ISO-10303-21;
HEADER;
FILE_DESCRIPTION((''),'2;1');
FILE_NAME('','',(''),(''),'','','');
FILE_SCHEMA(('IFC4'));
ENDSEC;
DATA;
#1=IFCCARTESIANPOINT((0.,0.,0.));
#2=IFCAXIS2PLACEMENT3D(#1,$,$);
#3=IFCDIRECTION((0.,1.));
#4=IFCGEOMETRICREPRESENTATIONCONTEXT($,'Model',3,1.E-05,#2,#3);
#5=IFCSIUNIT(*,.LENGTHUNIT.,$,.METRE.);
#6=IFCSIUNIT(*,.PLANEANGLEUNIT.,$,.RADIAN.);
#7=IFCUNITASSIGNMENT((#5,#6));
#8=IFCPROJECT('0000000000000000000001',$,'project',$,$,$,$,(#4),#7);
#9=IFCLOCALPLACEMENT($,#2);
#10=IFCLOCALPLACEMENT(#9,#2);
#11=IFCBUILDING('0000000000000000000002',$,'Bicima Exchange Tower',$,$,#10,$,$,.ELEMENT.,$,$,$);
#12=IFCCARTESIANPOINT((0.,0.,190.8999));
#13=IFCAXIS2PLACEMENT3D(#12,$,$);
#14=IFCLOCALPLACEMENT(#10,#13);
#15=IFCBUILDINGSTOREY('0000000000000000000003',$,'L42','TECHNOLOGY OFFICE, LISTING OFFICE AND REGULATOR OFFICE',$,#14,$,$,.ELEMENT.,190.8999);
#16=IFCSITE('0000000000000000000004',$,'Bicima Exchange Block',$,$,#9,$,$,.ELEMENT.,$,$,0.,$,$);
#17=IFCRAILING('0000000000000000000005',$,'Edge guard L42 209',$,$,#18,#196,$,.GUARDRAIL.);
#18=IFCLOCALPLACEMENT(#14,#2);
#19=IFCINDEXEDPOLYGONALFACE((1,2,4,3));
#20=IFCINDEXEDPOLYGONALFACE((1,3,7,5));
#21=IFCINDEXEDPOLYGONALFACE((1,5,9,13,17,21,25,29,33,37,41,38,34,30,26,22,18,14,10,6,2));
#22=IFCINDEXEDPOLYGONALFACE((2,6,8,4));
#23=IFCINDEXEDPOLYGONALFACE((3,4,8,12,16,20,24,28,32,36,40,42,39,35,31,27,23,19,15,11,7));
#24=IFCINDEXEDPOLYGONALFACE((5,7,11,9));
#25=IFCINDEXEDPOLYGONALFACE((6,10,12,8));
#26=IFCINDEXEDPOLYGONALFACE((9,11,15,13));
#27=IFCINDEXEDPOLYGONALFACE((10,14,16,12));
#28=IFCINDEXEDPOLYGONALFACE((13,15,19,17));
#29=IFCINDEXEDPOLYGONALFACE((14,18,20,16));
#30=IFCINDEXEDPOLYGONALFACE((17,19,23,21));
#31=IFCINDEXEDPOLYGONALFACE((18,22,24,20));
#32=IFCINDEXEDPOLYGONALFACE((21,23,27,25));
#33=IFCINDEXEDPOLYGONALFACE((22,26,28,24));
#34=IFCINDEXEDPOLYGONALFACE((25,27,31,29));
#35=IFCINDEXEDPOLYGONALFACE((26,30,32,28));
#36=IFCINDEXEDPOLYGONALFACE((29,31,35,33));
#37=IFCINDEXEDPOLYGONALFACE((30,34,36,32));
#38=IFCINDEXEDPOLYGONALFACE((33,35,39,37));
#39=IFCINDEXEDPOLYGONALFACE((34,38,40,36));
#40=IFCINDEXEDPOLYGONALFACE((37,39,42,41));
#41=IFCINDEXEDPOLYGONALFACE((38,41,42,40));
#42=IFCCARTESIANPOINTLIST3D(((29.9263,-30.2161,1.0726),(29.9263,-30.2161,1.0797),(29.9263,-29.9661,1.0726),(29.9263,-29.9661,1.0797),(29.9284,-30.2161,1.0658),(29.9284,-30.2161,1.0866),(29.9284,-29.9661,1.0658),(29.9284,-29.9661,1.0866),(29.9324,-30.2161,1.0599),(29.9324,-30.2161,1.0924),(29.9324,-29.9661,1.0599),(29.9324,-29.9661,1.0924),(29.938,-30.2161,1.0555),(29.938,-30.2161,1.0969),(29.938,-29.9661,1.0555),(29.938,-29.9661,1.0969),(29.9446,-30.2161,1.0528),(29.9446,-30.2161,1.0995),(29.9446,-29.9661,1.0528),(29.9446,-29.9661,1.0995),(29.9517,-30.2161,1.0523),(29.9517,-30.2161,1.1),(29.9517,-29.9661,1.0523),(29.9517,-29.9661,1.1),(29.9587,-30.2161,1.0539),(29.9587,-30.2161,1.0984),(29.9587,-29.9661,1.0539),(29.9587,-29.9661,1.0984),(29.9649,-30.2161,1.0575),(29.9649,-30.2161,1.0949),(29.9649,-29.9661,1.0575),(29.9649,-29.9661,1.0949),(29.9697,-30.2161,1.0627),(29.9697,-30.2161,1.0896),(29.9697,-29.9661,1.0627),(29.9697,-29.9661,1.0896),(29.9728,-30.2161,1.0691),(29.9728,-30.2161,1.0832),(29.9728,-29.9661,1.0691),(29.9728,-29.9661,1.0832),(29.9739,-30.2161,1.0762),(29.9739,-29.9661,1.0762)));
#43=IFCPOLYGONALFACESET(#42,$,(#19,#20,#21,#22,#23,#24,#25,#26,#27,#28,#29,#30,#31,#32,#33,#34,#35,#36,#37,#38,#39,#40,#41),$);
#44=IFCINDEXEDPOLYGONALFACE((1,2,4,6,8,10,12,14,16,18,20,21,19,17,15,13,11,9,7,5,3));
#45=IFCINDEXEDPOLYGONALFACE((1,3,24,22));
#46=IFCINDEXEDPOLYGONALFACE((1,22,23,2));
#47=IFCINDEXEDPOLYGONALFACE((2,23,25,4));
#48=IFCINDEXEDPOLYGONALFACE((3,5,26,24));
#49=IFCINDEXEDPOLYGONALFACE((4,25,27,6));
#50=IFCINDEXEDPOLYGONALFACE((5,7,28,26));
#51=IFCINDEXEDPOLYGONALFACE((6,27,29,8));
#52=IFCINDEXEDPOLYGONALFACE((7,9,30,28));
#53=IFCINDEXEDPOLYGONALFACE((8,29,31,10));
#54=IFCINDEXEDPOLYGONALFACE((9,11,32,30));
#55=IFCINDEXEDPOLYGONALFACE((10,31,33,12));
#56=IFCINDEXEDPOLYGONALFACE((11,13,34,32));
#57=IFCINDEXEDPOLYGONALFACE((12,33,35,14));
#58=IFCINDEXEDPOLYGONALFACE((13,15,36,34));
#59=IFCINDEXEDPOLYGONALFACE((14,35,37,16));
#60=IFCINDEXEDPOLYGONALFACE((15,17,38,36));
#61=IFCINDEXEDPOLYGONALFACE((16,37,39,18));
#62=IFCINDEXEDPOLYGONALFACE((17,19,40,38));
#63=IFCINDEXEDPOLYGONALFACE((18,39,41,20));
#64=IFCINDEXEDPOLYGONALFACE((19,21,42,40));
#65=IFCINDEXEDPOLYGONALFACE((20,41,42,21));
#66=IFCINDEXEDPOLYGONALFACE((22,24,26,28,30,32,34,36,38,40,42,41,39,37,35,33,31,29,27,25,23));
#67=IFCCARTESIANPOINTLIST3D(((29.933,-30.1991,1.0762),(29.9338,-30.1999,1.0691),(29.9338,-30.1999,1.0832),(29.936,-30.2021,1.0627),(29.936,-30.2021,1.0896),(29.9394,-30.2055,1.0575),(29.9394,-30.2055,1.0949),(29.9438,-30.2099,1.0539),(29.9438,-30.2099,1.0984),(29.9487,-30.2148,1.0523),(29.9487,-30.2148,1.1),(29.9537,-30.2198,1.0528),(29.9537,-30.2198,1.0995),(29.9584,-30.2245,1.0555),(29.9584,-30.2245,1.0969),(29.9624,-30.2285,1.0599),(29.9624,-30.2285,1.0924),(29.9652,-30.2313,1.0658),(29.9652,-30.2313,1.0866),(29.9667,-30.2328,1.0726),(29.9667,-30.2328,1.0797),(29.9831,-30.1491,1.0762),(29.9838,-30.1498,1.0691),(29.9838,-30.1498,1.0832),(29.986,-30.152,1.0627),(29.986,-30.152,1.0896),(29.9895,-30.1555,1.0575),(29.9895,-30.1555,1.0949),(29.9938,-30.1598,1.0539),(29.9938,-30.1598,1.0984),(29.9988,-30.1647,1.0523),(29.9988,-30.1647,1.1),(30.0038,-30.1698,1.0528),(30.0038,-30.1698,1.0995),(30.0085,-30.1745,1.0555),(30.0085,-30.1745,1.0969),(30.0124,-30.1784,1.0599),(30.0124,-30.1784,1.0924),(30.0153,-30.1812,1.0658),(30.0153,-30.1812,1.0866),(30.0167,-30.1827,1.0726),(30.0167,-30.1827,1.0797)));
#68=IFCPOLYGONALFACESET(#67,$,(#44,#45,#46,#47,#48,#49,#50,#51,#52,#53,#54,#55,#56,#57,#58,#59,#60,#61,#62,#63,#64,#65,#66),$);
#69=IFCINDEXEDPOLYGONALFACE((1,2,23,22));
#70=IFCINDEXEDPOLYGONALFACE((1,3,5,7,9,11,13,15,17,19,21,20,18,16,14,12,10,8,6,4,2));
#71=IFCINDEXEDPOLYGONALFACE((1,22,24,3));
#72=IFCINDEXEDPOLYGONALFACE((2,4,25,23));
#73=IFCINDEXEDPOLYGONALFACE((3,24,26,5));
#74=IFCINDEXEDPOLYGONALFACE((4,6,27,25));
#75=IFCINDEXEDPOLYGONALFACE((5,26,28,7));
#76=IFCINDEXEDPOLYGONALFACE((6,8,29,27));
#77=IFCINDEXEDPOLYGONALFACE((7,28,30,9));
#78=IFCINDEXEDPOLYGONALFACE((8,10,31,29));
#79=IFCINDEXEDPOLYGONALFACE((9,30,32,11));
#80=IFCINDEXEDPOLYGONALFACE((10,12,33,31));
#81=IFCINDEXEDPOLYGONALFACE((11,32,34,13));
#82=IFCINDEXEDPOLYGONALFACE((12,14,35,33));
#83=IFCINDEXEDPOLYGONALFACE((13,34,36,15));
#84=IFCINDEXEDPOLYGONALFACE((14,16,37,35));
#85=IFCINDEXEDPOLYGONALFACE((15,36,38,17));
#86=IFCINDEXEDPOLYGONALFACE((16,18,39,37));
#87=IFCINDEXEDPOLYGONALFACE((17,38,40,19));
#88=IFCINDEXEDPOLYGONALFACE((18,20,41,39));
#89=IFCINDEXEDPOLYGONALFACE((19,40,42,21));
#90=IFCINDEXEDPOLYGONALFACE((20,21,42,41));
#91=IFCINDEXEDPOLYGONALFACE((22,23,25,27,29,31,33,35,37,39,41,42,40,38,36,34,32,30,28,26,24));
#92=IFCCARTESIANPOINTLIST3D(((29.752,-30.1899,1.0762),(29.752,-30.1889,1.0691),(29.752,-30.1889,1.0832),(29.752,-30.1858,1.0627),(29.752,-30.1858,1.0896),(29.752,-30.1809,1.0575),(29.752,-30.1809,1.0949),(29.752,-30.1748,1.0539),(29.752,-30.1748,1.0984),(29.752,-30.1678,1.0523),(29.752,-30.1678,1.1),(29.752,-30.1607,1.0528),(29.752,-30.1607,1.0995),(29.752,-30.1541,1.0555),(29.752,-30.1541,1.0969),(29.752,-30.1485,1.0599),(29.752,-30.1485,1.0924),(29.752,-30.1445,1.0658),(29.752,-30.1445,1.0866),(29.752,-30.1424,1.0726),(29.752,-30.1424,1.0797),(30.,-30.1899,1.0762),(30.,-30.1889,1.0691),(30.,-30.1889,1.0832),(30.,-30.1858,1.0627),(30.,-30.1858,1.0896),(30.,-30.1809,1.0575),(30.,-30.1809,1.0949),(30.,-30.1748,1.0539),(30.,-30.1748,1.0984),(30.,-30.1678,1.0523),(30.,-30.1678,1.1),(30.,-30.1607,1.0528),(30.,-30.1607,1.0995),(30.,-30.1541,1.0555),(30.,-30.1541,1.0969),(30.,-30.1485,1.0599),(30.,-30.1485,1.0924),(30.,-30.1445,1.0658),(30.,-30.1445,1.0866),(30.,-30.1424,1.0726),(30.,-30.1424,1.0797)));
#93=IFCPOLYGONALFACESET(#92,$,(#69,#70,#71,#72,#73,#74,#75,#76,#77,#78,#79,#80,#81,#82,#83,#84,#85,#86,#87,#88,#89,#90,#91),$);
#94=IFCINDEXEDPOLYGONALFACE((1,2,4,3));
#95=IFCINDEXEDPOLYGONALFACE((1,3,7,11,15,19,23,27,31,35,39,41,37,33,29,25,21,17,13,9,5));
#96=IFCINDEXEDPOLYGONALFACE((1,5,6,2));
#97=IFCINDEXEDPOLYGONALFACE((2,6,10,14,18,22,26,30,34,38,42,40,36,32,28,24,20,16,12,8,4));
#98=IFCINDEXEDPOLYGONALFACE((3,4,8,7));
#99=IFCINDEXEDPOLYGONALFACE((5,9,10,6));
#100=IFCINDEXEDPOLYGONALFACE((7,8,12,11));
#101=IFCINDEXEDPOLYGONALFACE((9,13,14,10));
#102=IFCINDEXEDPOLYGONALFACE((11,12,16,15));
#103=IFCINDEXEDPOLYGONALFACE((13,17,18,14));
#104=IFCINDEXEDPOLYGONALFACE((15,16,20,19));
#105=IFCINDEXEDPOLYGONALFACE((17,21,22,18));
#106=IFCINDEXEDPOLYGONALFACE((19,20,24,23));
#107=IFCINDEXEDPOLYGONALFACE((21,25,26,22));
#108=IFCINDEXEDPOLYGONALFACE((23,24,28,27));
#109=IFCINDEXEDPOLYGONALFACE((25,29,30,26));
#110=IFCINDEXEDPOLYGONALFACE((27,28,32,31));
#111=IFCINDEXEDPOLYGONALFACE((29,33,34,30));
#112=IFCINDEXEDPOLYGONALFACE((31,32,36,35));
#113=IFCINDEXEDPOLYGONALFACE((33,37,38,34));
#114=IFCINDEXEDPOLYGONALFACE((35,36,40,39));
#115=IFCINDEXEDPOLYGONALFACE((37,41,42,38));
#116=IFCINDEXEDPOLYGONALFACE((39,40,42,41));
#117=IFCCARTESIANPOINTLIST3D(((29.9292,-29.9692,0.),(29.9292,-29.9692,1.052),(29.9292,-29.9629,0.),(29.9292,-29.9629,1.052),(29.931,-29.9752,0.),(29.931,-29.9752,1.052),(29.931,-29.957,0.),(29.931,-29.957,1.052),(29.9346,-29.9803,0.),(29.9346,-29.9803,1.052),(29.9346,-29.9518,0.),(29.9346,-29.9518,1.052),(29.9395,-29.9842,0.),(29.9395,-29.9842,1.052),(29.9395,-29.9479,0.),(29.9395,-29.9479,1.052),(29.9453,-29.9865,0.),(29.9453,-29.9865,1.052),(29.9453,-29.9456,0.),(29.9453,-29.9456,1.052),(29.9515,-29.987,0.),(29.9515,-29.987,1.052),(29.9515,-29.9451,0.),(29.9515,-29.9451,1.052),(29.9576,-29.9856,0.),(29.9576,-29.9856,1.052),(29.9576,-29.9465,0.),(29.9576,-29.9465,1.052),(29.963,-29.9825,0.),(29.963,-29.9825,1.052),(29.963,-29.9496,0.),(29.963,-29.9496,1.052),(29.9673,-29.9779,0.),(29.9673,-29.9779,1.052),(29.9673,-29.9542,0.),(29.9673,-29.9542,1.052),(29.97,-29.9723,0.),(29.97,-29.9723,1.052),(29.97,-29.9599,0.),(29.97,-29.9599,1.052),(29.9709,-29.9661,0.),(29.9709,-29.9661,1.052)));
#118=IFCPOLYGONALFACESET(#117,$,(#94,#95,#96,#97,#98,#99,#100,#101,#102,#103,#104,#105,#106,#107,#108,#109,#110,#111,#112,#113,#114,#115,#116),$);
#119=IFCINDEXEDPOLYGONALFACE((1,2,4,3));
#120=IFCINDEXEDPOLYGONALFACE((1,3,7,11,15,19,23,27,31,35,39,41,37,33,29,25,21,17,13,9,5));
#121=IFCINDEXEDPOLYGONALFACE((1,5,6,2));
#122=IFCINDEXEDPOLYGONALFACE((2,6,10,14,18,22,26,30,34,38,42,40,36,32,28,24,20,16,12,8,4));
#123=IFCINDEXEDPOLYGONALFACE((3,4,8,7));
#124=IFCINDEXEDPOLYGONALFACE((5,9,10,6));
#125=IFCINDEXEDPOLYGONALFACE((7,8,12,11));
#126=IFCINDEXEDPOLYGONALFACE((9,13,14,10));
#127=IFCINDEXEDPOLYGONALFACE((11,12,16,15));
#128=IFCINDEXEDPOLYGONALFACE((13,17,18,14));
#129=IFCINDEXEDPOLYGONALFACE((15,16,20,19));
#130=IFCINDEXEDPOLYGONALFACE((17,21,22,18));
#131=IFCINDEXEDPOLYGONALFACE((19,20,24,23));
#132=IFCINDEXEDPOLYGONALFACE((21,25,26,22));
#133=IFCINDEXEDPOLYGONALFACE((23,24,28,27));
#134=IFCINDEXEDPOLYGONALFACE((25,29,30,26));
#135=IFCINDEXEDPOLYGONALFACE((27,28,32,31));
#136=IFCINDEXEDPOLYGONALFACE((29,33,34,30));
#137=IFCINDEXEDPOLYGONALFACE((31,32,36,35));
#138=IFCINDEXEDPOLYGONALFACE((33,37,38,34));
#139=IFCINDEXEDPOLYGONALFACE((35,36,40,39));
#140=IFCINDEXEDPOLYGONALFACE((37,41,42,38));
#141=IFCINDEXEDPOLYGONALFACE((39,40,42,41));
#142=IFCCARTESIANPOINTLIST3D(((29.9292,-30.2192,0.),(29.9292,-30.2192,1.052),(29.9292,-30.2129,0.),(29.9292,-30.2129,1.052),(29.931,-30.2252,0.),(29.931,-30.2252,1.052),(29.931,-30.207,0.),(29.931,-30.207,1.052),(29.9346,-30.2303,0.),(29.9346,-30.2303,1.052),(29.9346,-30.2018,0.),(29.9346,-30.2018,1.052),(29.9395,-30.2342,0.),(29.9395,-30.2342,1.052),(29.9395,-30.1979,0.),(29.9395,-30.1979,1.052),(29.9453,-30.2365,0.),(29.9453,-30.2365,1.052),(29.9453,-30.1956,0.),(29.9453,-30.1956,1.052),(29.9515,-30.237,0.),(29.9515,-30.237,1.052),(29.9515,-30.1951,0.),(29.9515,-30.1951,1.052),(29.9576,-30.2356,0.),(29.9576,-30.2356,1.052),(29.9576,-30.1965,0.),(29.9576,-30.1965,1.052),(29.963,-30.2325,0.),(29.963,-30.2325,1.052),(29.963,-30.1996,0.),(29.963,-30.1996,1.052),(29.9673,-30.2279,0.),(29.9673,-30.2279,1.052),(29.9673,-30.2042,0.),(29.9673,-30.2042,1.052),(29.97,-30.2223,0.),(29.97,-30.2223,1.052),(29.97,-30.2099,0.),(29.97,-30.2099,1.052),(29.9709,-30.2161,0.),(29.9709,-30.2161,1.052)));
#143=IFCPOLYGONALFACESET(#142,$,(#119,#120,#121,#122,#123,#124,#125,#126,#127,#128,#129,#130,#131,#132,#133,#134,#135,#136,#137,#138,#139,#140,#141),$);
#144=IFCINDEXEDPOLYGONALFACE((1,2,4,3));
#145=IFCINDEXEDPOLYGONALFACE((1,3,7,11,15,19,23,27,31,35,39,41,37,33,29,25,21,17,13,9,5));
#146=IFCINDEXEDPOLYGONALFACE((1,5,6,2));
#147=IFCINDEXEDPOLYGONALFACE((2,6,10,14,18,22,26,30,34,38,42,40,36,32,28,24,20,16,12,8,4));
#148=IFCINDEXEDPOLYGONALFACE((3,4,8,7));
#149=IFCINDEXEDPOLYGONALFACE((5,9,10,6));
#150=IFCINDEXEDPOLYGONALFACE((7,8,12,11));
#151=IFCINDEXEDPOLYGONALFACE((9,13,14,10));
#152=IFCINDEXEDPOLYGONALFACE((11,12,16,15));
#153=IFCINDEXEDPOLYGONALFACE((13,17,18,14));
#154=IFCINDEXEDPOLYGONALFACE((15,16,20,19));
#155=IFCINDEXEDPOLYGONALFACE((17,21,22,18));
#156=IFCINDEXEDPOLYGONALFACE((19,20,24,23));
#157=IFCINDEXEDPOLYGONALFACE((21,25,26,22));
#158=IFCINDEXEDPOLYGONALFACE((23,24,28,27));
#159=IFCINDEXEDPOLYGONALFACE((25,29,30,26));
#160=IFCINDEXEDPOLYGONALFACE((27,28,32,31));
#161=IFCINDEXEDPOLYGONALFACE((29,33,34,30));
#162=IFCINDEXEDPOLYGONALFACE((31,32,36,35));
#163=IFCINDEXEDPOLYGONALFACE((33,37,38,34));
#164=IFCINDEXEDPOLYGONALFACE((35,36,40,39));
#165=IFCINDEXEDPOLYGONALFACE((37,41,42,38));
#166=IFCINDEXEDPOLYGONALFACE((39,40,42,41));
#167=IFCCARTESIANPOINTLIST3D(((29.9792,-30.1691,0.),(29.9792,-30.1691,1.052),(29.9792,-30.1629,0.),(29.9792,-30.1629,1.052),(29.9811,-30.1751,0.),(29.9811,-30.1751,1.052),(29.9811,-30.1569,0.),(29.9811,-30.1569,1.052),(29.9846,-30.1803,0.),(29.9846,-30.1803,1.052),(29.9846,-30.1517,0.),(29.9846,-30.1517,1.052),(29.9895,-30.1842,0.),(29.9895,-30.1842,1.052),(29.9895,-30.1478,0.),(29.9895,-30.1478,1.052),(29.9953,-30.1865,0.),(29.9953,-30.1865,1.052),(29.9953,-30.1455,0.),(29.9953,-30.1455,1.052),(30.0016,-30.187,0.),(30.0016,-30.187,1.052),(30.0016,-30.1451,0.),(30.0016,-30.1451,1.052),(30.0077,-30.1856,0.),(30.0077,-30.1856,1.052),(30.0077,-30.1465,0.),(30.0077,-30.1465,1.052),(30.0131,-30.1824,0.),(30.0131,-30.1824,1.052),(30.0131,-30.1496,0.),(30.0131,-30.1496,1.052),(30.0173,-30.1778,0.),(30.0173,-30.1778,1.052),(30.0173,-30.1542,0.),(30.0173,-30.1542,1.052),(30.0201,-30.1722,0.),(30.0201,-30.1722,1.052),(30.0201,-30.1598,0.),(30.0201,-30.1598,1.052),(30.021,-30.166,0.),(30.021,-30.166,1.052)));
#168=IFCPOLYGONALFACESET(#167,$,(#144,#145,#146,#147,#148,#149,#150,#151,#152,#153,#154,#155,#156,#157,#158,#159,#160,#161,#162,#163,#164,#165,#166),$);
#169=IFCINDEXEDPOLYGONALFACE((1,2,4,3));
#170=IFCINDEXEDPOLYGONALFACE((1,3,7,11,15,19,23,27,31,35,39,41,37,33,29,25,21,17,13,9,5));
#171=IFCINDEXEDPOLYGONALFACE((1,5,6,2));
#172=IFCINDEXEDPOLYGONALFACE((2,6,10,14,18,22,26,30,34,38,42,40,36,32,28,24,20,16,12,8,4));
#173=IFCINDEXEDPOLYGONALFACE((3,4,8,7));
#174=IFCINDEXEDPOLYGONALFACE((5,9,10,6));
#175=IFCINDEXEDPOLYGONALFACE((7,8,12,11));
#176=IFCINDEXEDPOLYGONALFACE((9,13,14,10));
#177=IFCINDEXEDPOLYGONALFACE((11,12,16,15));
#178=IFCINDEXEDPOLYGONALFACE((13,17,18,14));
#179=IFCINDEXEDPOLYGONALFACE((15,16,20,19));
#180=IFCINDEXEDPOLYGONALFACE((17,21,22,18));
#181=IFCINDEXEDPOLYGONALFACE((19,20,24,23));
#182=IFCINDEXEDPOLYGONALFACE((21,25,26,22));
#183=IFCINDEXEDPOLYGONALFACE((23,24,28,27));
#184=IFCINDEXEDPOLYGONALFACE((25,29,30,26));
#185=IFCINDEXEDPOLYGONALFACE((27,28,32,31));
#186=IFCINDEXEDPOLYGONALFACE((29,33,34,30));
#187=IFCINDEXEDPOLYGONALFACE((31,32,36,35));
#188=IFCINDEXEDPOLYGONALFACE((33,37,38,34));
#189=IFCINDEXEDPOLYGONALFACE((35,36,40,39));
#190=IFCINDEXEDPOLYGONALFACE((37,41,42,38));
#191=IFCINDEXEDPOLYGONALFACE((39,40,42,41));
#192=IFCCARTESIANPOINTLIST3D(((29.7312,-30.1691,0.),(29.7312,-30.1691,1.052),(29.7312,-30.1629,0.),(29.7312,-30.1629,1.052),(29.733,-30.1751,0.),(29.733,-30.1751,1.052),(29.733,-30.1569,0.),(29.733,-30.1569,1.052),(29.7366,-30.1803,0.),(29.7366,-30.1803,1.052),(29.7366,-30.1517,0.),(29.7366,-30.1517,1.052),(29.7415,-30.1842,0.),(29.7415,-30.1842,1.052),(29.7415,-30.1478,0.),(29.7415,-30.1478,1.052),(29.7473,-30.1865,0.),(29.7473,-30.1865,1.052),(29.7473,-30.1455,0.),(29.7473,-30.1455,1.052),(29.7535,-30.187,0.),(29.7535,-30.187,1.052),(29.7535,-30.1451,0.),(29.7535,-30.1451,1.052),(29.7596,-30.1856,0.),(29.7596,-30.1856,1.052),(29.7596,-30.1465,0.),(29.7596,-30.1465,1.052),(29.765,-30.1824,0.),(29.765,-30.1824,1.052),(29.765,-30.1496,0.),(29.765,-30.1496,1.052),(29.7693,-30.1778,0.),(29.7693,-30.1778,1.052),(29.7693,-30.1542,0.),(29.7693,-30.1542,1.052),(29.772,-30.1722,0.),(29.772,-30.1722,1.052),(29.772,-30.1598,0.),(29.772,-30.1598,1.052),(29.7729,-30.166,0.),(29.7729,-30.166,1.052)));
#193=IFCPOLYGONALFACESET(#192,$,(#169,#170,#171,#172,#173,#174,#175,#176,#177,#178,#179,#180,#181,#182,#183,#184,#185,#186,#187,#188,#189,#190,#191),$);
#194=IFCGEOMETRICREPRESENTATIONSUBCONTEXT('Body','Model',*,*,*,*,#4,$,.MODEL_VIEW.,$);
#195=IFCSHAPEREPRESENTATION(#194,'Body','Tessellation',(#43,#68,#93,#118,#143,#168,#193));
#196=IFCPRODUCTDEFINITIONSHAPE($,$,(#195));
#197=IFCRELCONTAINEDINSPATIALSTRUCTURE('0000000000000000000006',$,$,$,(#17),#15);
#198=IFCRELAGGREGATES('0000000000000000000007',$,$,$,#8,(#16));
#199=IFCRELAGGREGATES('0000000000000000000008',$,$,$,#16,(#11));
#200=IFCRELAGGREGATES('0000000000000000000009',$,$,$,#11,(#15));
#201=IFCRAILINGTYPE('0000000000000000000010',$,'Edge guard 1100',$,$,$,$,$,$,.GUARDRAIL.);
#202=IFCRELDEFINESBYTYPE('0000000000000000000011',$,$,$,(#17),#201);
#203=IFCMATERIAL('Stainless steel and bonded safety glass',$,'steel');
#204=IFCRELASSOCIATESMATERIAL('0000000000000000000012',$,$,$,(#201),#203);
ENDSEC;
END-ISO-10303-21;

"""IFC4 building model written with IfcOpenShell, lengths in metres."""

from ifc_helpers import new_model, si_unit, direction, frame, origin, origin_2d, place, context, subcontext, project, spatial, circle, extrude, material, type_object, element, save


model = new_model("IFC4")

# Units and contexts
model_context = context("Model", 3, precision=1e-05, world=origin(), true_north=direction((0.0, 1.0)))
body_context = subcontext(model_context, "Body", "Model", "MODEL_VIEW")
ifc_project = project(units=[si_unit("LENGTHUNIT", "METRE"), si_unit("PLANEANGLEUNIT", "RADIAN")], contexts=[model_context])

# Site, building, storey
site_placement = place(None, origin())
site = spatial("IfcSite", under=ifc_project, at=site_placement, Name="Bicima Exchange Block", CompositionType="ELEMENT", RefElevation=0.0)
building_placement = place(site_placement, origin())
building = spatial("IfcBuilding", under=site, at=building_placement, Name="Bicima Exchange Tower", CompositionType="ELEMENT")
storey_placement = place(building_placement, frame((0.0, 0.0, 190.8999)))
storey = spatial("IfcBuildingStorey", under=building, at=storey_placement, Name="L42", Description="TECHNOLOGY OFFICE, LISTING OFFICE AND REGULATOR OFFICE", CompositionType="ELEMENT", Elevation=190.8999)

# Railing
ifc_material_1 = material(Name="Stainless steel and bonded safety glass", Category="steel")
railing_type = type_object("IfcRailingType", Name="Edge guard 1100", PredefinedType="GUARDRAIL", material=ifc_material_1)
railing_1_placement = place(storey_placement, frame((29.95, -29.9661, 0.0)))
element("IfcRailing", 1, at=railing_1_placement, inside=storey, type_object=railing_type, Name="Edge guard L42 209", PredefinedType="GUARDRAIL", context=body_context, shape_type="SweptSolid", body=[
    extrude(circle(Radius=0.0239, at=origin_2d()), frame((0.0, 0.0, 1.0762), z_axis=(0.0, -1.0, 0.0), x_axis=(1.0, 0.0, 0.0)), (0.0, 0.0, 1.0), 0.25),
    extrude(circle(Radius=0.0239, at=origin_2d()), frame((0.0, -0.25, 1.0762), z_axis=(0.707107, 0.707107, 0.0), x_axis=(-0.707107, 0.707107, 0.0)), (0.0, 0.0, 1.0), 0.0708),
    extrude(circle(Radius=0.0239, at=origin_2d()), frame((0.05, -0.2, 1.0762), z_axis=(-1.0, 0.0, 0.0), x_axis=(0.0, -1.0, 0.0)), (0.0, 0.0, 1.0), 0.248),
    extrude(circle(Radius=0.021, at=origin_2d()), origin(), (0.0, 0.0, 1.0), 1.052),
    extrude(circle(Radius=0.021, at=origin_2d()), frame((0.0, -0.25, 0.0)), (0.0, 0.0, 1.0), 1.052),
    extrude(circle(Radius=0.021, at=origin_2d()), frame((0.05, -0.2, 0.0)), (0.0, 0.0, 1.0), 1.052),
    extrude(circle(Radius=0.021, at=origin_2d()), frame((-0.198, -0.2, 0.0)), (0.0, 0.0, 1.0), 1.052),
])

save(model, "model.ifc")
